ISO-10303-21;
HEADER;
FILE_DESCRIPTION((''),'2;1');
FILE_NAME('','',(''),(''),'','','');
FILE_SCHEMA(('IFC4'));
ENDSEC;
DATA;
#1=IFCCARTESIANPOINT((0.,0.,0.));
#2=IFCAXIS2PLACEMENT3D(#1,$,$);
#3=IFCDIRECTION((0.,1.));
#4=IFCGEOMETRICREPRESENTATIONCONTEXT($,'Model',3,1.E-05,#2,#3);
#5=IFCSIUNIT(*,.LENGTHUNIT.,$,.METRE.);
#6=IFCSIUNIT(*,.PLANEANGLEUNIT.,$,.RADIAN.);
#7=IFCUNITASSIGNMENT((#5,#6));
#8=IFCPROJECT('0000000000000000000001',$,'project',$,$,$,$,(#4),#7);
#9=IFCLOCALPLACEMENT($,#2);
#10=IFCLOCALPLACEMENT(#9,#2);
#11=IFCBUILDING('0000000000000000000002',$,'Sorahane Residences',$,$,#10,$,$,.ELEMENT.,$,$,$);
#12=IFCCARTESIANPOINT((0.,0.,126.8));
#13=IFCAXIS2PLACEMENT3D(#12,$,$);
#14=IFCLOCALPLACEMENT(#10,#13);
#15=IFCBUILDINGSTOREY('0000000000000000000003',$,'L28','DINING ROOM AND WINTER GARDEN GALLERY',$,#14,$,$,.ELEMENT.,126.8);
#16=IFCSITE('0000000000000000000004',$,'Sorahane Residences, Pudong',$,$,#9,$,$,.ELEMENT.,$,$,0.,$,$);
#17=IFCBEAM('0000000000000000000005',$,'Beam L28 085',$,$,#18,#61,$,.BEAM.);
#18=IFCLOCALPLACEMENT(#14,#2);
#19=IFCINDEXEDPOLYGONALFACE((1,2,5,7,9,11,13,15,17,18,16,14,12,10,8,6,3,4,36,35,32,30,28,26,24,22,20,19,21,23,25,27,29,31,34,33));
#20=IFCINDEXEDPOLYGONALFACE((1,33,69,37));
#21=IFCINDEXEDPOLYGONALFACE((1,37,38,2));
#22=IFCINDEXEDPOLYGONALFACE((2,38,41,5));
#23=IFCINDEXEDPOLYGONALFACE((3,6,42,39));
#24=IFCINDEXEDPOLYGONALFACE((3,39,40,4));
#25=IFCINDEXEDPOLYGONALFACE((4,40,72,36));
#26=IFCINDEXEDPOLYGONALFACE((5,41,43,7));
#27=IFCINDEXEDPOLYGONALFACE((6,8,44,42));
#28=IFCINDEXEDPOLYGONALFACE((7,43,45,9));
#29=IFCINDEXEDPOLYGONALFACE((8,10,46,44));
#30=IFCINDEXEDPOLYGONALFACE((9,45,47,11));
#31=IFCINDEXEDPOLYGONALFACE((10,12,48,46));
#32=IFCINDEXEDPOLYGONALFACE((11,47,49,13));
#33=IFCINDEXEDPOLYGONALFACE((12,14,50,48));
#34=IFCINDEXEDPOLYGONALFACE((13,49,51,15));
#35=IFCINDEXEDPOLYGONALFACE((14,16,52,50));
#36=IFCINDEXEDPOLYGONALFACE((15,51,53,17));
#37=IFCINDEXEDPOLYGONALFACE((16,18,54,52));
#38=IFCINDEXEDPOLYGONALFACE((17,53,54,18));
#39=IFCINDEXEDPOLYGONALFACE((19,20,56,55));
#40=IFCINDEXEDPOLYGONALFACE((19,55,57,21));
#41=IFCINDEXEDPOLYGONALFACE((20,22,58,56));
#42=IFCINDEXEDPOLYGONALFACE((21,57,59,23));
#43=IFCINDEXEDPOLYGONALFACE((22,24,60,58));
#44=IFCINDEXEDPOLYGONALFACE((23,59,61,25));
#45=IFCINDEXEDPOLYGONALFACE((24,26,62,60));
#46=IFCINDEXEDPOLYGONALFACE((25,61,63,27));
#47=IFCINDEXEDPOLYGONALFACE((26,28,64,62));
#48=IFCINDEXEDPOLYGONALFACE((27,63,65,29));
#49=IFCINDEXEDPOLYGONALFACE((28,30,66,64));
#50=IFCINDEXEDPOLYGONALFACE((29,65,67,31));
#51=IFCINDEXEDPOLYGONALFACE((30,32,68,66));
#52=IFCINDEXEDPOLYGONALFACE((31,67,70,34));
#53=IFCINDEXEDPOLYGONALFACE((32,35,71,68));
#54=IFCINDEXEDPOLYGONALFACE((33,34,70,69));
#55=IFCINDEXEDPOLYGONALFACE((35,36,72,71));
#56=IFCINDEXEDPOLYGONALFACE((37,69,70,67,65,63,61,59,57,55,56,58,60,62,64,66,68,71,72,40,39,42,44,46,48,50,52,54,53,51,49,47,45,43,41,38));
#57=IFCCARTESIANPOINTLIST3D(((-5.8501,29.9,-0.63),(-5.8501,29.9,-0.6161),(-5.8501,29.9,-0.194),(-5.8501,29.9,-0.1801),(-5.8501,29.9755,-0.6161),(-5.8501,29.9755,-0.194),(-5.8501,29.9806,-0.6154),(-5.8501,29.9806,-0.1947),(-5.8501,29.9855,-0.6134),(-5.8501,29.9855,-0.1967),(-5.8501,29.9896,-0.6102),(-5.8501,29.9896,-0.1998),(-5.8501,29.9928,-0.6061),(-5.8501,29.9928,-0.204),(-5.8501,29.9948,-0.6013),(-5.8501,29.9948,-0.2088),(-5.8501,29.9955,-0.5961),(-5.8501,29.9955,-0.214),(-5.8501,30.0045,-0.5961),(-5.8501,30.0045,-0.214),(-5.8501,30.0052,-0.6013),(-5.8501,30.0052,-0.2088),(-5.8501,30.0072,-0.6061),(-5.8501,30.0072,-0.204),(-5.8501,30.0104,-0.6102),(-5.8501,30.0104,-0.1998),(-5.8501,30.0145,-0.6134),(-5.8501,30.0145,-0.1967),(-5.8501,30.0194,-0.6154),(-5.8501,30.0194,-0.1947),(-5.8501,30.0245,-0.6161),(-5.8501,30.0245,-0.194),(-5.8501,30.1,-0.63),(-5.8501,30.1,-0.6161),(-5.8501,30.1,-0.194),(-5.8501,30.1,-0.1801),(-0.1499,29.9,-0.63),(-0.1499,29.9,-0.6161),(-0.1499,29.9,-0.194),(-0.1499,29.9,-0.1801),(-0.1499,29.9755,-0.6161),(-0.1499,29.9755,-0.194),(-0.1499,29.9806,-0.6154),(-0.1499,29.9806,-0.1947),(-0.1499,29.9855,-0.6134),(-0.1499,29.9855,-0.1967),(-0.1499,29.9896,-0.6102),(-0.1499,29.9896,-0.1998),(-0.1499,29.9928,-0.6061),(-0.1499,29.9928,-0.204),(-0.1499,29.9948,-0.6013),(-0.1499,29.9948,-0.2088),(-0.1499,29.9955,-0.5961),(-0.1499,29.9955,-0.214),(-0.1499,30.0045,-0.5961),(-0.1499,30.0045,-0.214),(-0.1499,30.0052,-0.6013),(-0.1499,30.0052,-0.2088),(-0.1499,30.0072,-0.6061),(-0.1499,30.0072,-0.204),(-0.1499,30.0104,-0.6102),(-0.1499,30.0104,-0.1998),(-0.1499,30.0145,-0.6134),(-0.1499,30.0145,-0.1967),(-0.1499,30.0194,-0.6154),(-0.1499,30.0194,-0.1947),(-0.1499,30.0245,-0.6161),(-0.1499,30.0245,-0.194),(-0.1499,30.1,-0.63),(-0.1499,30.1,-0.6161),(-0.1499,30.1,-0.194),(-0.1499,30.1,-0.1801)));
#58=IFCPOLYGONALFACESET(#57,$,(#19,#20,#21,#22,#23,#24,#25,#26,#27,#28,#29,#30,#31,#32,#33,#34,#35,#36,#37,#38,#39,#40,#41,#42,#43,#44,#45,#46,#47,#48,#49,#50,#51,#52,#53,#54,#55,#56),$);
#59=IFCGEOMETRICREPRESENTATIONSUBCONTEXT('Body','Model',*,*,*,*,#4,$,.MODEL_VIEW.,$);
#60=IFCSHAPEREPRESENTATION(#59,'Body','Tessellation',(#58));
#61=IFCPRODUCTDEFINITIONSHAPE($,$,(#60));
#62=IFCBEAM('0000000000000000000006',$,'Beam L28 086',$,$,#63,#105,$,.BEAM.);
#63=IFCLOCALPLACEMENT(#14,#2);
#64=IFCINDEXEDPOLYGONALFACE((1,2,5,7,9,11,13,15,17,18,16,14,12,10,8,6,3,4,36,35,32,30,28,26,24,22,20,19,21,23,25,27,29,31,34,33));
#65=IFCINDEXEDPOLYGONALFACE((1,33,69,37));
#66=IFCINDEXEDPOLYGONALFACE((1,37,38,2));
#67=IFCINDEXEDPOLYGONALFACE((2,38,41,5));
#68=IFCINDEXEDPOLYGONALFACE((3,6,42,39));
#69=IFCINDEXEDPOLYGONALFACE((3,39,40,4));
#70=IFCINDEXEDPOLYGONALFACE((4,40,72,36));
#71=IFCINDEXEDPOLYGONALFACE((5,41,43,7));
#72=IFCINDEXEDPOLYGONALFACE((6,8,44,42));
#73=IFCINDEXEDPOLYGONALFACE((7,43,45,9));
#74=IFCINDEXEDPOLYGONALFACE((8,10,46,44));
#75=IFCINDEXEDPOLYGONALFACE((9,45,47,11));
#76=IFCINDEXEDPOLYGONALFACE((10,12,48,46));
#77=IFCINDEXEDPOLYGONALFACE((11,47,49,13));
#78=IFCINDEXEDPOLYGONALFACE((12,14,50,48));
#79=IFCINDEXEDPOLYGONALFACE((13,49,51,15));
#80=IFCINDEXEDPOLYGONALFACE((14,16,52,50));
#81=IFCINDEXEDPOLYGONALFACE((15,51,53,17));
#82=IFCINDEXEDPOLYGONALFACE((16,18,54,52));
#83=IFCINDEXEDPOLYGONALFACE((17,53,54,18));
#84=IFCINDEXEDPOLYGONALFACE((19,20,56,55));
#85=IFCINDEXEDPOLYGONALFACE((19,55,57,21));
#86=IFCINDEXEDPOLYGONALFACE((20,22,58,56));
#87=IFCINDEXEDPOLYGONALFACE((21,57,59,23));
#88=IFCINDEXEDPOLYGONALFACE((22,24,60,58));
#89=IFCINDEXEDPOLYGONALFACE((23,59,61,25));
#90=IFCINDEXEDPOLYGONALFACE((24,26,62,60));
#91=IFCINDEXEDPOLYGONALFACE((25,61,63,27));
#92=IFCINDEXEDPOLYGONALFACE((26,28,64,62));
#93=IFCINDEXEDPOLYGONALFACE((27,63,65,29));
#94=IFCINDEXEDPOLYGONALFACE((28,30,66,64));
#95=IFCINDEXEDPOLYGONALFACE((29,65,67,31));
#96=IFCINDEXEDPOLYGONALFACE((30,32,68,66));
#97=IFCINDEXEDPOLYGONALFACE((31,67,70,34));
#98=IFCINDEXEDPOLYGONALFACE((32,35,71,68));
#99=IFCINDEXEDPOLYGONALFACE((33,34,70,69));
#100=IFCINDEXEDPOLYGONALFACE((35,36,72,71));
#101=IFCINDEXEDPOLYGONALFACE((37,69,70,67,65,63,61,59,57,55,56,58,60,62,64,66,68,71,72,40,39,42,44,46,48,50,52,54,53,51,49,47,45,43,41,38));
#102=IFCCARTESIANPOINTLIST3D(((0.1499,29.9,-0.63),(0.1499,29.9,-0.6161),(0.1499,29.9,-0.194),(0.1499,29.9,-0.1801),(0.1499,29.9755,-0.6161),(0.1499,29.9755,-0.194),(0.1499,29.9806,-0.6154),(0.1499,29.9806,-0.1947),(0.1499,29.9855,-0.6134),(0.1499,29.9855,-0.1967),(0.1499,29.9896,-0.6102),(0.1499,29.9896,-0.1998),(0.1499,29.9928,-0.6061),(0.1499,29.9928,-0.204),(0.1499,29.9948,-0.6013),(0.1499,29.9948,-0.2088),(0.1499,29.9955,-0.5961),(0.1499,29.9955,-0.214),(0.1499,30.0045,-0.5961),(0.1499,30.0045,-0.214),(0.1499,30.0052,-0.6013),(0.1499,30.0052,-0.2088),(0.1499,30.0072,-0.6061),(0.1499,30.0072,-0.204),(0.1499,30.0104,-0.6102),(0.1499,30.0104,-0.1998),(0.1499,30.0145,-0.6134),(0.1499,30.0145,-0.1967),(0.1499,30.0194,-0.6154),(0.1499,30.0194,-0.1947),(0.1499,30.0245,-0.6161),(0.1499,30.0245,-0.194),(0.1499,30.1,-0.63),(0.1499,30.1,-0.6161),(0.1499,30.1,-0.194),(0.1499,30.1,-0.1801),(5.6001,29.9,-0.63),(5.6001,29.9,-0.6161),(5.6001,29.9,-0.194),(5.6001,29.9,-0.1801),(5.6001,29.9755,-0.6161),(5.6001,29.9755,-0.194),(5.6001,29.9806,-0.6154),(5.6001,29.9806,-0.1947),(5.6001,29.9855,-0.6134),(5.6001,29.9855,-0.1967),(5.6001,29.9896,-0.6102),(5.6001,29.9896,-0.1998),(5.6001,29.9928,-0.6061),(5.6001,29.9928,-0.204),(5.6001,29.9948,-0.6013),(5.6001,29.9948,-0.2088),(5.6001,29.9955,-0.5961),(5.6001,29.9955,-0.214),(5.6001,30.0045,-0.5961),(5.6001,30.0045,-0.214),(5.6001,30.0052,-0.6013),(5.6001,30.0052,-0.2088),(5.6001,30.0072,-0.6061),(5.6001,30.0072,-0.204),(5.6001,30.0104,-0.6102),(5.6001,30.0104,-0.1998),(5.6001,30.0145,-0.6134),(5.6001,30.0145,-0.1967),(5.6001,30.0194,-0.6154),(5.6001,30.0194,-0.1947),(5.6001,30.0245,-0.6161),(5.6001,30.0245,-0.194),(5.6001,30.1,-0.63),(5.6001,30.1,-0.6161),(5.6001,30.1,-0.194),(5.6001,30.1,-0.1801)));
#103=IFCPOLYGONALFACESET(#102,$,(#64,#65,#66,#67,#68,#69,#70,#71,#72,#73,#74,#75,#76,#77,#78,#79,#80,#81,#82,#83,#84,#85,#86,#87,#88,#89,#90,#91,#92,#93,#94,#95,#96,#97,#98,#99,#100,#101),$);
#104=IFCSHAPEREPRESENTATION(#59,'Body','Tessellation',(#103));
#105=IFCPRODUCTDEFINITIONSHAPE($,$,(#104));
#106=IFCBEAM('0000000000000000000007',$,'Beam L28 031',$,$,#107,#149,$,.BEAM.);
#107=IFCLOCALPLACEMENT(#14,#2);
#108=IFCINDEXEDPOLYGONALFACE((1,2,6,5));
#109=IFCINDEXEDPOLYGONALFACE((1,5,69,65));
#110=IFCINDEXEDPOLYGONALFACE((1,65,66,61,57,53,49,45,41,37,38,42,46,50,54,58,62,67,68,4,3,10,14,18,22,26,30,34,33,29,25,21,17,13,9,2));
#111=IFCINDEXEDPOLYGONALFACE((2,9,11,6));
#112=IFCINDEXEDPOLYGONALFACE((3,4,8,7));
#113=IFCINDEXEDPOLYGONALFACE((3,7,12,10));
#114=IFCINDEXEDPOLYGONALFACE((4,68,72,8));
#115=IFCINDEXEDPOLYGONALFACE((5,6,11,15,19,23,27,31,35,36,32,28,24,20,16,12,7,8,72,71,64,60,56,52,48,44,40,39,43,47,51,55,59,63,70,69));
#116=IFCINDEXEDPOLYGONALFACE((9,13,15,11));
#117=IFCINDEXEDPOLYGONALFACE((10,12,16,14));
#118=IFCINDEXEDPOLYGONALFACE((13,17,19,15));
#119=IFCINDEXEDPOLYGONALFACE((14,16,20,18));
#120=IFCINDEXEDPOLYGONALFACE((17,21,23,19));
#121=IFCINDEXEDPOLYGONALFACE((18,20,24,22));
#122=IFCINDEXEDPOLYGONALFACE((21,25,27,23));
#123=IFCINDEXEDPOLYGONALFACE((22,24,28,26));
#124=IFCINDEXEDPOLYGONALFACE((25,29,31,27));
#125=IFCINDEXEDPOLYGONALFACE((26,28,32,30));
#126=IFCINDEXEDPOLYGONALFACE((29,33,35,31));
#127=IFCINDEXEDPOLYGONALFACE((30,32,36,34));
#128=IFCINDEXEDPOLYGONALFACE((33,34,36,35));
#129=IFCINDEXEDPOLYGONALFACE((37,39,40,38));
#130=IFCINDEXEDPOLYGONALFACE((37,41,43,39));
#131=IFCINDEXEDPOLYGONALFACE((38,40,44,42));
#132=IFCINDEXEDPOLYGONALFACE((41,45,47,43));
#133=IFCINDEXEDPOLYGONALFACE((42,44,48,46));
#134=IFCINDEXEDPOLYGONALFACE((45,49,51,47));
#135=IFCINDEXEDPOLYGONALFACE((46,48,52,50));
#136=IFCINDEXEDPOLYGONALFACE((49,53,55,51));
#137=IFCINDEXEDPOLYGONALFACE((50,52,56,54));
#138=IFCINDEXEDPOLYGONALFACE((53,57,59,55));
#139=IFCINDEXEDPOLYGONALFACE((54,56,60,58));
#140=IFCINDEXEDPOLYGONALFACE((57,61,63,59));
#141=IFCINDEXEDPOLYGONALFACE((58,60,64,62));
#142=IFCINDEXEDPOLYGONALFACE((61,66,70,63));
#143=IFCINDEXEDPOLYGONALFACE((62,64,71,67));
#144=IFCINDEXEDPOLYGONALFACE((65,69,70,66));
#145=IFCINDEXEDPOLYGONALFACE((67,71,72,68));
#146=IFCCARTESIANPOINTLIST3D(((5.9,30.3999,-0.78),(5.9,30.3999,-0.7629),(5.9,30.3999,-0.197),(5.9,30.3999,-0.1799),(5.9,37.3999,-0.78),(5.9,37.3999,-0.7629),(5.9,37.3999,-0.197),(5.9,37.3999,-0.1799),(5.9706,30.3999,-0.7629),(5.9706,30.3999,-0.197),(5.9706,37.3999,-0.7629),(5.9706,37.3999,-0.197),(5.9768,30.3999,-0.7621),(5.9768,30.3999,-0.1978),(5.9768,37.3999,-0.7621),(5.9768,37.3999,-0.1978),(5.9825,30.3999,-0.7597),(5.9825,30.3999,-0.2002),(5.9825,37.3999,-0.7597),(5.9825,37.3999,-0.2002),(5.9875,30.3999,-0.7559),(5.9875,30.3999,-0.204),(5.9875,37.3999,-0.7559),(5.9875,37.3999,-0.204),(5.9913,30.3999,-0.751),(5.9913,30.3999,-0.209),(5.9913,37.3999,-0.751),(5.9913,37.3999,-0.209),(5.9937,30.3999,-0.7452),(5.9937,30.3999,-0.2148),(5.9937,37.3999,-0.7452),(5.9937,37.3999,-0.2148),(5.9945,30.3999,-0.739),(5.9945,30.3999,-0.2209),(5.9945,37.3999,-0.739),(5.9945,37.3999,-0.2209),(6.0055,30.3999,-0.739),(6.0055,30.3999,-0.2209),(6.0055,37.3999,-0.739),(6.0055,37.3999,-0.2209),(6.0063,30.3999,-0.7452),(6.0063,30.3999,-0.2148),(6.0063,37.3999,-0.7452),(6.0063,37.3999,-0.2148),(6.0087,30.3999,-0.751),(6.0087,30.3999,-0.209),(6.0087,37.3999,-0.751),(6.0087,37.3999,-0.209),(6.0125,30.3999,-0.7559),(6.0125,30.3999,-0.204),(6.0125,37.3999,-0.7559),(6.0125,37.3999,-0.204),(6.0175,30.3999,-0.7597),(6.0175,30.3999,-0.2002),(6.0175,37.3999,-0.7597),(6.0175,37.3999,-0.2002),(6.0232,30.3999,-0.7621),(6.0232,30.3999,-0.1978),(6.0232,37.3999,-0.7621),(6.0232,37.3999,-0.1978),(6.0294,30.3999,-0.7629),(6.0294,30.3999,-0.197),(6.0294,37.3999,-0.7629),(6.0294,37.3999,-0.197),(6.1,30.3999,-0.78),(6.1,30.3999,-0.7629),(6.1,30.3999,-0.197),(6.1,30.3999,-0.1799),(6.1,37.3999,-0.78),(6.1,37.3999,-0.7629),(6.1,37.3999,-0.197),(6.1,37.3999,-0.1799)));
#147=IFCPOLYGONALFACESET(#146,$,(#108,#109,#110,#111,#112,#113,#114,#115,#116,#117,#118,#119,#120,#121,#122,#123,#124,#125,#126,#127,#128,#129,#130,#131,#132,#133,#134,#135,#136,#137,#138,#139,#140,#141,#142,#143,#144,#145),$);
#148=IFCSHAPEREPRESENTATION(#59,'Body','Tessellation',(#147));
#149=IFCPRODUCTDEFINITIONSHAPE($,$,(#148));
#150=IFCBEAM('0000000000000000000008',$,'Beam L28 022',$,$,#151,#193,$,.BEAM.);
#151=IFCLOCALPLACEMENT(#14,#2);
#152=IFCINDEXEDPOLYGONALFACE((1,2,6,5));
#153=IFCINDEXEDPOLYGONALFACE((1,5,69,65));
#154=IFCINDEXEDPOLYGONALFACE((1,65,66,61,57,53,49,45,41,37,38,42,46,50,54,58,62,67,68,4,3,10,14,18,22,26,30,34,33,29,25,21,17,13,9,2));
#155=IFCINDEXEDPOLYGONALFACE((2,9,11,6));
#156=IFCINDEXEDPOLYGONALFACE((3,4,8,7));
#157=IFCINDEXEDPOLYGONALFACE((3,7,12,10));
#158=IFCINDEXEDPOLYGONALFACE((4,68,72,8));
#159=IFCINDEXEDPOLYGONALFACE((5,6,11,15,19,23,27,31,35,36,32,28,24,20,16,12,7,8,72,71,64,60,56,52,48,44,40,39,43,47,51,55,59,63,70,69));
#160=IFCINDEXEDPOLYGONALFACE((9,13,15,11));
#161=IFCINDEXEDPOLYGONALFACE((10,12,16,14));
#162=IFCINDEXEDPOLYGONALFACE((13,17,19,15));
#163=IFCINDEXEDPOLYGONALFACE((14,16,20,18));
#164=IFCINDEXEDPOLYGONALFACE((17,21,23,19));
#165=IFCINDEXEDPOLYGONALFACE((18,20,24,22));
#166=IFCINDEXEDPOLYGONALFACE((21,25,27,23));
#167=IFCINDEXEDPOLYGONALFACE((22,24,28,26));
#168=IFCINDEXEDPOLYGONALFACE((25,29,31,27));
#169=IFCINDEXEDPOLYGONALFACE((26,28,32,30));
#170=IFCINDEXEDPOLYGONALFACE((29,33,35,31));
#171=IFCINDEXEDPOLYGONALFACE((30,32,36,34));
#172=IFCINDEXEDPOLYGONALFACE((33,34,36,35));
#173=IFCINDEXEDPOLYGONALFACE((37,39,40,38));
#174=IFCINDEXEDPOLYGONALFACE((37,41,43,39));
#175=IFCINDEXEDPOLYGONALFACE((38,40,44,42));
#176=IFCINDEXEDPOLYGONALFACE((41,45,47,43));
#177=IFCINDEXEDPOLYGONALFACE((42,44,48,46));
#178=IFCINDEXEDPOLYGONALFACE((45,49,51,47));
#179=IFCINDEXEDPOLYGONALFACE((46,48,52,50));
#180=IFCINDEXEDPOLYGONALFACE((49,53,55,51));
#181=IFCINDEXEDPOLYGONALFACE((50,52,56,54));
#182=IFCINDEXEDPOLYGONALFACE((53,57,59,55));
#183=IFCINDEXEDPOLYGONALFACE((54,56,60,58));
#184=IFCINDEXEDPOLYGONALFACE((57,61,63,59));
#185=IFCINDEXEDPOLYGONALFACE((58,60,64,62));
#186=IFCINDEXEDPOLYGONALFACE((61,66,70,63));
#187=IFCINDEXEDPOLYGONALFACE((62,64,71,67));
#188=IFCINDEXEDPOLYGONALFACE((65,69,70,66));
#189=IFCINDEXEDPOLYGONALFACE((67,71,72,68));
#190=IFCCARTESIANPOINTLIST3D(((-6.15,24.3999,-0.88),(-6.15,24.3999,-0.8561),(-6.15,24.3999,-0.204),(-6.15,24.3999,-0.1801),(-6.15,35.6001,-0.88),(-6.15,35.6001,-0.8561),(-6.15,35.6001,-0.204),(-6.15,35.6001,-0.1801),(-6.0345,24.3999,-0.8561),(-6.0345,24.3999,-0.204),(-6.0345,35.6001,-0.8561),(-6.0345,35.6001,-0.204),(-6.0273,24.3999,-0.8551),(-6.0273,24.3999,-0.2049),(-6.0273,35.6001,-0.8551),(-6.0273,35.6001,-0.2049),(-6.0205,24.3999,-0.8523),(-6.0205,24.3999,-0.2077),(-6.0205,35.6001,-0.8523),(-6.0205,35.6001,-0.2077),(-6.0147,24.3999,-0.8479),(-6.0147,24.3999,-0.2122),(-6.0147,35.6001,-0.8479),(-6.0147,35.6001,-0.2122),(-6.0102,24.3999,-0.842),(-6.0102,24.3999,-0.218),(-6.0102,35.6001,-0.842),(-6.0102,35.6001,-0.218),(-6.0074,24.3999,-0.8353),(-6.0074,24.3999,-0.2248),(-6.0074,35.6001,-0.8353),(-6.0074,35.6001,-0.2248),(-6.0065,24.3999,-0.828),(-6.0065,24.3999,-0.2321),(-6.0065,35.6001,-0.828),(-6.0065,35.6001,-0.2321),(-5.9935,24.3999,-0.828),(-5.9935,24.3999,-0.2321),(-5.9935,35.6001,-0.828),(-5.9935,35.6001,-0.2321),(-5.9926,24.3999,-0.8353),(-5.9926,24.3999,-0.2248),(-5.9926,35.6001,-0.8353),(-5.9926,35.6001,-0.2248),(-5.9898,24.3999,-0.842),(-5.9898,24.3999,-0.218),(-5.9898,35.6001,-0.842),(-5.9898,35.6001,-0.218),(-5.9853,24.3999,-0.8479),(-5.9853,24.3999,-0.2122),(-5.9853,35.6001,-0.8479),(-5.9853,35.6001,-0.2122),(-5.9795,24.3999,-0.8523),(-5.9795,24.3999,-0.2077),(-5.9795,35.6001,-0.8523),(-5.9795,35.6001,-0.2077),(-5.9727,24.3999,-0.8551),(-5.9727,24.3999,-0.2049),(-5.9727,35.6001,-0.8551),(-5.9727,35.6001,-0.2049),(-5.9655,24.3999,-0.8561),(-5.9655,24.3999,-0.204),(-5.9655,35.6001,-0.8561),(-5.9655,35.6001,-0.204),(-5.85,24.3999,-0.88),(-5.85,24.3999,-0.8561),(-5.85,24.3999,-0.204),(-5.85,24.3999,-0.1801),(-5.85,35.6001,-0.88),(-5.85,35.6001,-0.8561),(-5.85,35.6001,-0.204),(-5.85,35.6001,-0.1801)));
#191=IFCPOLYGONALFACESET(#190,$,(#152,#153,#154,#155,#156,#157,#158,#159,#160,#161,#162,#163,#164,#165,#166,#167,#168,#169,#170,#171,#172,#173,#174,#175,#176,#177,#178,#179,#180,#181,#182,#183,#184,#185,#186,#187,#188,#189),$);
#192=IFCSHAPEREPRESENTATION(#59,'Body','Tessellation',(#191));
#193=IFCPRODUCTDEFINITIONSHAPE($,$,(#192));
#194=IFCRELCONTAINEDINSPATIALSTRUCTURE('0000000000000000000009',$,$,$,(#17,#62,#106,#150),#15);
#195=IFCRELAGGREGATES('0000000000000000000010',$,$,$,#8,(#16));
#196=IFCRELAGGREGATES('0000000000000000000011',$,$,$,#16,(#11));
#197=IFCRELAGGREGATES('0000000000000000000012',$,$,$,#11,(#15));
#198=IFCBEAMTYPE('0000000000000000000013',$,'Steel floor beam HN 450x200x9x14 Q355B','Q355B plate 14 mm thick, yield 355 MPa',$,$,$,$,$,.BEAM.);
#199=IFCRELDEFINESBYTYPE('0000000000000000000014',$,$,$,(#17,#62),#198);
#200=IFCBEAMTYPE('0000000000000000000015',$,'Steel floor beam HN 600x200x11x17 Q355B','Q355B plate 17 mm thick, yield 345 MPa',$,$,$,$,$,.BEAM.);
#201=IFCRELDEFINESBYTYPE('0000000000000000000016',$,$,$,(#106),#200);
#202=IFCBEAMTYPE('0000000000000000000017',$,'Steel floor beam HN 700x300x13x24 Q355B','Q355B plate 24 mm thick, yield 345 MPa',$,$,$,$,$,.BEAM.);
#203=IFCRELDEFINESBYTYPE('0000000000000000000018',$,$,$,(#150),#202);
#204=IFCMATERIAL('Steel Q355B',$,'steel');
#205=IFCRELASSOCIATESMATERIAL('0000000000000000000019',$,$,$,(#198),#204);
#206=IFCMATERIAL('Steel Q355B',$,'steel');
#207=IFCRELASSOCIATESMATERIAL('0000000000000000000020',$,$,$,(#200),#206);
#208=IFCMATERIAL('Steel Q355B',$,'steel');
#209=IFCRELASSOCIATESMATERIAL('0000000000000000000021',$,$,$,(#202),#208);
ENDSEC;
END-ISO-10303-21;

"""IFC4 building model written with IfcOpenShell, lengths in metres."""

from ifc_helpers import new_model, si_unit, direction, frame, origin, origin_2d, place, context, subcontext, project, spatial, i_section, extrude, material, material_profile, profile_set, type_object, element, save


model = new_model("IFC4")

# Units and contexts
model_context = context("Model", 3, precision=1e-05, world=origin(), true_north=direction((0.0, 1.0)))
body_context = subcontext(model_context, "Body", "Model", "MODEL_VIEW")
ifc_project = project(units=[si_unit("LENGTHUNIT", "METRE"), si_unit("PLANEANGLEUNIT", "RADIAN")], contexts=[model_context])

# Site, building, storey
site_placement = place(None, origin())
site = spatial("IfcSite", under=ifc_project, at=site_placement, Name="Sorahane Residences, Pudong", CompositionType="ELEMENT", RefElevation=0.0)
building_placement = place(site_placement, origin())
building = spatial("IfcBuilding", under=site, at=building_placement, Name="Sorahane Residences", CompositionType="ELEMENT")
storey_placement = place(building_placement, frame((0.0, 0.0, 126.8)))
storey = spatial("IfcBuildingStorey", under=building, at=storey_placement, Name="L28", Description="DINING ROOM AND WINTER GARDEN GALLERY", CompositionType="ELEMENT", Elevation=126.8)

# Beams
ifc_material_1 = material(Name="Steel Q355B", Category="steel")
ifc_material_profile_1 = material_profile(ifc_material_1, i_section(OverallWidth=0.2, OverallDepth=0.45, WebThickness=0.009, FlangeThickness=0.0139, FilletRadius=0.02, at=origin_2d()), Name="HN 450x200x9x14")
ifc_profile_set_1 = profile_set([ifc_material_profile_1], Name="Steel Q355B")
beam_type_1 = type_object("IfcBeamType", Name="Steel floor beam HN 450x200x9x14 Q355B", Description="Q355B plate 14 mm thick, yield 355 MPa", PredefinedType="BEAM", material=ifc_profile_set_1)
beam_1_placement = place(storey_placement, frame((-5.8501, 30.0, -0.405), z_axis=(1.0, 0.0, 0.0), x_axis=(0.0, 1.0, 0.0)))
element("IfcBeam", 1, at=beam_1_placement, inside=storey, type_object=beam_type_1, Name="Beam L28 085", PredefinedType="BEAM", context=body_context, shape_type="SweptSolid", body=[
    extrude(i_section(OverallWidth=0.2, OverallDepth=0.45, WebThickness=0.009, FlangeThickness=0.0139, FilletRadius=0.02, at=origin_2d()), origin(), (0.0, 0.0, 1.0), 5.7002),
])
beam_2_placement = place(storey_placement, frame((0.1499, 30.0, -0.405), z_axis=(1.0, 0.0, 0.0), x_axis=(0.0, 1.0, 0.0)))
element("IfcBeam", 2, at=beam_2_placement, inside=storey, type_object=beam_type_1, Name="Beam L28 086", PredefinedType="BEAM", context=body_context, shape_type="SweptSolid", body=[
    extrude(i_section(OverallWidth=0.2, OverallDepth=0.45, WebThickness=0.009, FlangeThickness=0.0139, FilletRadius=0.02, at=origin_2d()), origin(), (0.0, 0.0, 1.0), 5.4502),
])
ifc_material_2 = material(Name="Steel Q355B", Category="steel")
ifc_material_profile_2 = material_profile(ifc_material_2, i_section(OverallWidth=0.2, OverallDepth=0.6001, WebThickness=0.011, FlangeThickness=0.0171, FilletRadius=0.0239, at=origin_2d()), Name="HN 600x200x11x17")
ifc_profile_set_2 = profile_set([ifc_material_profile_2], Name="Steel Q355B")
beam_type_2 = type_object("IfcBeamType", Name="Steel floor beam HN 600x200x11x17 Q355B", Description="Q355B plate 17 mm thick, yield 345 MPa", PredefinedType="BEAM", material=ifc_profile_set_2)
beam_3_placement = place(storey_placement, frame((6.0, 30.3999, -0.48), z_axis=(0.0, 1.0, 0.0), x_axis=(-1.0, 0.0, 0.0)))
element("IfcBeam", 3, at=beam_3_placement, inside=storey, type_object=beam_type_2, Name="Beam L28 031", PredefinedType="BEAM", context=body_context, shape_type="SweptSolid", body=[
    extrude(i_section(OverallWidth=0.2, OverallDepth=0.6001, WebThickness=0.011, FlangeThickness=0.0171, FilletRadius=0.0239, at=origin_2d()), origin(), (0.0, 0.0, 1.0), 7.0),
])
ifc_material_3 = material(Name="Steel Q355B", Category="steel")
ifc_material_profile_3 = material_profile(ifc_material_3, i_section(OverallWidth=0.3, OverallDepth=0.7, WebThickness=0.0129, FlangeThickness=0.0239, FilletRadius=0.0281, at=origin_2d()), Name="HN 700x300x13x24")
ifc_profile_set_3 = profile_set([ifc_material_profile_3], Name="Steel Q355B")
beam_type_3 = type_object("IfcBeamType", Name="Steel floor beam HN 700x300x13x24 Q355B", Description="Q355B plate 24 mm thick, yield 345 MPa", PredefinedType="BEAM", material=ifc_profile_set_3)
beam_4_placement = place(storey_placement, frame((-6.0, 24.3999, -0.53), z_axis=(0.0, 1.0, 0.0), x_axis=(-1.0, 0.0, 0.0)))
element("IfcBeam", 4, at=beam_4_placement, inside=storey, type_object=beam_type_3, Name="Beam L28 022", PredefinedType="BEAM", context=body_context, shape_type="SweptSolid", body=[
    extrude(i_section(OverallWidth=0.3, OverallDepth=0.7, WebThickness=0.0129, FlangeThickness=0.0239, FilletRadius=0.0281, at=origin_2d()), origin(), (0.0, 0.0, 1.0), 11.2002),
])

save(model, "model.ifc")
